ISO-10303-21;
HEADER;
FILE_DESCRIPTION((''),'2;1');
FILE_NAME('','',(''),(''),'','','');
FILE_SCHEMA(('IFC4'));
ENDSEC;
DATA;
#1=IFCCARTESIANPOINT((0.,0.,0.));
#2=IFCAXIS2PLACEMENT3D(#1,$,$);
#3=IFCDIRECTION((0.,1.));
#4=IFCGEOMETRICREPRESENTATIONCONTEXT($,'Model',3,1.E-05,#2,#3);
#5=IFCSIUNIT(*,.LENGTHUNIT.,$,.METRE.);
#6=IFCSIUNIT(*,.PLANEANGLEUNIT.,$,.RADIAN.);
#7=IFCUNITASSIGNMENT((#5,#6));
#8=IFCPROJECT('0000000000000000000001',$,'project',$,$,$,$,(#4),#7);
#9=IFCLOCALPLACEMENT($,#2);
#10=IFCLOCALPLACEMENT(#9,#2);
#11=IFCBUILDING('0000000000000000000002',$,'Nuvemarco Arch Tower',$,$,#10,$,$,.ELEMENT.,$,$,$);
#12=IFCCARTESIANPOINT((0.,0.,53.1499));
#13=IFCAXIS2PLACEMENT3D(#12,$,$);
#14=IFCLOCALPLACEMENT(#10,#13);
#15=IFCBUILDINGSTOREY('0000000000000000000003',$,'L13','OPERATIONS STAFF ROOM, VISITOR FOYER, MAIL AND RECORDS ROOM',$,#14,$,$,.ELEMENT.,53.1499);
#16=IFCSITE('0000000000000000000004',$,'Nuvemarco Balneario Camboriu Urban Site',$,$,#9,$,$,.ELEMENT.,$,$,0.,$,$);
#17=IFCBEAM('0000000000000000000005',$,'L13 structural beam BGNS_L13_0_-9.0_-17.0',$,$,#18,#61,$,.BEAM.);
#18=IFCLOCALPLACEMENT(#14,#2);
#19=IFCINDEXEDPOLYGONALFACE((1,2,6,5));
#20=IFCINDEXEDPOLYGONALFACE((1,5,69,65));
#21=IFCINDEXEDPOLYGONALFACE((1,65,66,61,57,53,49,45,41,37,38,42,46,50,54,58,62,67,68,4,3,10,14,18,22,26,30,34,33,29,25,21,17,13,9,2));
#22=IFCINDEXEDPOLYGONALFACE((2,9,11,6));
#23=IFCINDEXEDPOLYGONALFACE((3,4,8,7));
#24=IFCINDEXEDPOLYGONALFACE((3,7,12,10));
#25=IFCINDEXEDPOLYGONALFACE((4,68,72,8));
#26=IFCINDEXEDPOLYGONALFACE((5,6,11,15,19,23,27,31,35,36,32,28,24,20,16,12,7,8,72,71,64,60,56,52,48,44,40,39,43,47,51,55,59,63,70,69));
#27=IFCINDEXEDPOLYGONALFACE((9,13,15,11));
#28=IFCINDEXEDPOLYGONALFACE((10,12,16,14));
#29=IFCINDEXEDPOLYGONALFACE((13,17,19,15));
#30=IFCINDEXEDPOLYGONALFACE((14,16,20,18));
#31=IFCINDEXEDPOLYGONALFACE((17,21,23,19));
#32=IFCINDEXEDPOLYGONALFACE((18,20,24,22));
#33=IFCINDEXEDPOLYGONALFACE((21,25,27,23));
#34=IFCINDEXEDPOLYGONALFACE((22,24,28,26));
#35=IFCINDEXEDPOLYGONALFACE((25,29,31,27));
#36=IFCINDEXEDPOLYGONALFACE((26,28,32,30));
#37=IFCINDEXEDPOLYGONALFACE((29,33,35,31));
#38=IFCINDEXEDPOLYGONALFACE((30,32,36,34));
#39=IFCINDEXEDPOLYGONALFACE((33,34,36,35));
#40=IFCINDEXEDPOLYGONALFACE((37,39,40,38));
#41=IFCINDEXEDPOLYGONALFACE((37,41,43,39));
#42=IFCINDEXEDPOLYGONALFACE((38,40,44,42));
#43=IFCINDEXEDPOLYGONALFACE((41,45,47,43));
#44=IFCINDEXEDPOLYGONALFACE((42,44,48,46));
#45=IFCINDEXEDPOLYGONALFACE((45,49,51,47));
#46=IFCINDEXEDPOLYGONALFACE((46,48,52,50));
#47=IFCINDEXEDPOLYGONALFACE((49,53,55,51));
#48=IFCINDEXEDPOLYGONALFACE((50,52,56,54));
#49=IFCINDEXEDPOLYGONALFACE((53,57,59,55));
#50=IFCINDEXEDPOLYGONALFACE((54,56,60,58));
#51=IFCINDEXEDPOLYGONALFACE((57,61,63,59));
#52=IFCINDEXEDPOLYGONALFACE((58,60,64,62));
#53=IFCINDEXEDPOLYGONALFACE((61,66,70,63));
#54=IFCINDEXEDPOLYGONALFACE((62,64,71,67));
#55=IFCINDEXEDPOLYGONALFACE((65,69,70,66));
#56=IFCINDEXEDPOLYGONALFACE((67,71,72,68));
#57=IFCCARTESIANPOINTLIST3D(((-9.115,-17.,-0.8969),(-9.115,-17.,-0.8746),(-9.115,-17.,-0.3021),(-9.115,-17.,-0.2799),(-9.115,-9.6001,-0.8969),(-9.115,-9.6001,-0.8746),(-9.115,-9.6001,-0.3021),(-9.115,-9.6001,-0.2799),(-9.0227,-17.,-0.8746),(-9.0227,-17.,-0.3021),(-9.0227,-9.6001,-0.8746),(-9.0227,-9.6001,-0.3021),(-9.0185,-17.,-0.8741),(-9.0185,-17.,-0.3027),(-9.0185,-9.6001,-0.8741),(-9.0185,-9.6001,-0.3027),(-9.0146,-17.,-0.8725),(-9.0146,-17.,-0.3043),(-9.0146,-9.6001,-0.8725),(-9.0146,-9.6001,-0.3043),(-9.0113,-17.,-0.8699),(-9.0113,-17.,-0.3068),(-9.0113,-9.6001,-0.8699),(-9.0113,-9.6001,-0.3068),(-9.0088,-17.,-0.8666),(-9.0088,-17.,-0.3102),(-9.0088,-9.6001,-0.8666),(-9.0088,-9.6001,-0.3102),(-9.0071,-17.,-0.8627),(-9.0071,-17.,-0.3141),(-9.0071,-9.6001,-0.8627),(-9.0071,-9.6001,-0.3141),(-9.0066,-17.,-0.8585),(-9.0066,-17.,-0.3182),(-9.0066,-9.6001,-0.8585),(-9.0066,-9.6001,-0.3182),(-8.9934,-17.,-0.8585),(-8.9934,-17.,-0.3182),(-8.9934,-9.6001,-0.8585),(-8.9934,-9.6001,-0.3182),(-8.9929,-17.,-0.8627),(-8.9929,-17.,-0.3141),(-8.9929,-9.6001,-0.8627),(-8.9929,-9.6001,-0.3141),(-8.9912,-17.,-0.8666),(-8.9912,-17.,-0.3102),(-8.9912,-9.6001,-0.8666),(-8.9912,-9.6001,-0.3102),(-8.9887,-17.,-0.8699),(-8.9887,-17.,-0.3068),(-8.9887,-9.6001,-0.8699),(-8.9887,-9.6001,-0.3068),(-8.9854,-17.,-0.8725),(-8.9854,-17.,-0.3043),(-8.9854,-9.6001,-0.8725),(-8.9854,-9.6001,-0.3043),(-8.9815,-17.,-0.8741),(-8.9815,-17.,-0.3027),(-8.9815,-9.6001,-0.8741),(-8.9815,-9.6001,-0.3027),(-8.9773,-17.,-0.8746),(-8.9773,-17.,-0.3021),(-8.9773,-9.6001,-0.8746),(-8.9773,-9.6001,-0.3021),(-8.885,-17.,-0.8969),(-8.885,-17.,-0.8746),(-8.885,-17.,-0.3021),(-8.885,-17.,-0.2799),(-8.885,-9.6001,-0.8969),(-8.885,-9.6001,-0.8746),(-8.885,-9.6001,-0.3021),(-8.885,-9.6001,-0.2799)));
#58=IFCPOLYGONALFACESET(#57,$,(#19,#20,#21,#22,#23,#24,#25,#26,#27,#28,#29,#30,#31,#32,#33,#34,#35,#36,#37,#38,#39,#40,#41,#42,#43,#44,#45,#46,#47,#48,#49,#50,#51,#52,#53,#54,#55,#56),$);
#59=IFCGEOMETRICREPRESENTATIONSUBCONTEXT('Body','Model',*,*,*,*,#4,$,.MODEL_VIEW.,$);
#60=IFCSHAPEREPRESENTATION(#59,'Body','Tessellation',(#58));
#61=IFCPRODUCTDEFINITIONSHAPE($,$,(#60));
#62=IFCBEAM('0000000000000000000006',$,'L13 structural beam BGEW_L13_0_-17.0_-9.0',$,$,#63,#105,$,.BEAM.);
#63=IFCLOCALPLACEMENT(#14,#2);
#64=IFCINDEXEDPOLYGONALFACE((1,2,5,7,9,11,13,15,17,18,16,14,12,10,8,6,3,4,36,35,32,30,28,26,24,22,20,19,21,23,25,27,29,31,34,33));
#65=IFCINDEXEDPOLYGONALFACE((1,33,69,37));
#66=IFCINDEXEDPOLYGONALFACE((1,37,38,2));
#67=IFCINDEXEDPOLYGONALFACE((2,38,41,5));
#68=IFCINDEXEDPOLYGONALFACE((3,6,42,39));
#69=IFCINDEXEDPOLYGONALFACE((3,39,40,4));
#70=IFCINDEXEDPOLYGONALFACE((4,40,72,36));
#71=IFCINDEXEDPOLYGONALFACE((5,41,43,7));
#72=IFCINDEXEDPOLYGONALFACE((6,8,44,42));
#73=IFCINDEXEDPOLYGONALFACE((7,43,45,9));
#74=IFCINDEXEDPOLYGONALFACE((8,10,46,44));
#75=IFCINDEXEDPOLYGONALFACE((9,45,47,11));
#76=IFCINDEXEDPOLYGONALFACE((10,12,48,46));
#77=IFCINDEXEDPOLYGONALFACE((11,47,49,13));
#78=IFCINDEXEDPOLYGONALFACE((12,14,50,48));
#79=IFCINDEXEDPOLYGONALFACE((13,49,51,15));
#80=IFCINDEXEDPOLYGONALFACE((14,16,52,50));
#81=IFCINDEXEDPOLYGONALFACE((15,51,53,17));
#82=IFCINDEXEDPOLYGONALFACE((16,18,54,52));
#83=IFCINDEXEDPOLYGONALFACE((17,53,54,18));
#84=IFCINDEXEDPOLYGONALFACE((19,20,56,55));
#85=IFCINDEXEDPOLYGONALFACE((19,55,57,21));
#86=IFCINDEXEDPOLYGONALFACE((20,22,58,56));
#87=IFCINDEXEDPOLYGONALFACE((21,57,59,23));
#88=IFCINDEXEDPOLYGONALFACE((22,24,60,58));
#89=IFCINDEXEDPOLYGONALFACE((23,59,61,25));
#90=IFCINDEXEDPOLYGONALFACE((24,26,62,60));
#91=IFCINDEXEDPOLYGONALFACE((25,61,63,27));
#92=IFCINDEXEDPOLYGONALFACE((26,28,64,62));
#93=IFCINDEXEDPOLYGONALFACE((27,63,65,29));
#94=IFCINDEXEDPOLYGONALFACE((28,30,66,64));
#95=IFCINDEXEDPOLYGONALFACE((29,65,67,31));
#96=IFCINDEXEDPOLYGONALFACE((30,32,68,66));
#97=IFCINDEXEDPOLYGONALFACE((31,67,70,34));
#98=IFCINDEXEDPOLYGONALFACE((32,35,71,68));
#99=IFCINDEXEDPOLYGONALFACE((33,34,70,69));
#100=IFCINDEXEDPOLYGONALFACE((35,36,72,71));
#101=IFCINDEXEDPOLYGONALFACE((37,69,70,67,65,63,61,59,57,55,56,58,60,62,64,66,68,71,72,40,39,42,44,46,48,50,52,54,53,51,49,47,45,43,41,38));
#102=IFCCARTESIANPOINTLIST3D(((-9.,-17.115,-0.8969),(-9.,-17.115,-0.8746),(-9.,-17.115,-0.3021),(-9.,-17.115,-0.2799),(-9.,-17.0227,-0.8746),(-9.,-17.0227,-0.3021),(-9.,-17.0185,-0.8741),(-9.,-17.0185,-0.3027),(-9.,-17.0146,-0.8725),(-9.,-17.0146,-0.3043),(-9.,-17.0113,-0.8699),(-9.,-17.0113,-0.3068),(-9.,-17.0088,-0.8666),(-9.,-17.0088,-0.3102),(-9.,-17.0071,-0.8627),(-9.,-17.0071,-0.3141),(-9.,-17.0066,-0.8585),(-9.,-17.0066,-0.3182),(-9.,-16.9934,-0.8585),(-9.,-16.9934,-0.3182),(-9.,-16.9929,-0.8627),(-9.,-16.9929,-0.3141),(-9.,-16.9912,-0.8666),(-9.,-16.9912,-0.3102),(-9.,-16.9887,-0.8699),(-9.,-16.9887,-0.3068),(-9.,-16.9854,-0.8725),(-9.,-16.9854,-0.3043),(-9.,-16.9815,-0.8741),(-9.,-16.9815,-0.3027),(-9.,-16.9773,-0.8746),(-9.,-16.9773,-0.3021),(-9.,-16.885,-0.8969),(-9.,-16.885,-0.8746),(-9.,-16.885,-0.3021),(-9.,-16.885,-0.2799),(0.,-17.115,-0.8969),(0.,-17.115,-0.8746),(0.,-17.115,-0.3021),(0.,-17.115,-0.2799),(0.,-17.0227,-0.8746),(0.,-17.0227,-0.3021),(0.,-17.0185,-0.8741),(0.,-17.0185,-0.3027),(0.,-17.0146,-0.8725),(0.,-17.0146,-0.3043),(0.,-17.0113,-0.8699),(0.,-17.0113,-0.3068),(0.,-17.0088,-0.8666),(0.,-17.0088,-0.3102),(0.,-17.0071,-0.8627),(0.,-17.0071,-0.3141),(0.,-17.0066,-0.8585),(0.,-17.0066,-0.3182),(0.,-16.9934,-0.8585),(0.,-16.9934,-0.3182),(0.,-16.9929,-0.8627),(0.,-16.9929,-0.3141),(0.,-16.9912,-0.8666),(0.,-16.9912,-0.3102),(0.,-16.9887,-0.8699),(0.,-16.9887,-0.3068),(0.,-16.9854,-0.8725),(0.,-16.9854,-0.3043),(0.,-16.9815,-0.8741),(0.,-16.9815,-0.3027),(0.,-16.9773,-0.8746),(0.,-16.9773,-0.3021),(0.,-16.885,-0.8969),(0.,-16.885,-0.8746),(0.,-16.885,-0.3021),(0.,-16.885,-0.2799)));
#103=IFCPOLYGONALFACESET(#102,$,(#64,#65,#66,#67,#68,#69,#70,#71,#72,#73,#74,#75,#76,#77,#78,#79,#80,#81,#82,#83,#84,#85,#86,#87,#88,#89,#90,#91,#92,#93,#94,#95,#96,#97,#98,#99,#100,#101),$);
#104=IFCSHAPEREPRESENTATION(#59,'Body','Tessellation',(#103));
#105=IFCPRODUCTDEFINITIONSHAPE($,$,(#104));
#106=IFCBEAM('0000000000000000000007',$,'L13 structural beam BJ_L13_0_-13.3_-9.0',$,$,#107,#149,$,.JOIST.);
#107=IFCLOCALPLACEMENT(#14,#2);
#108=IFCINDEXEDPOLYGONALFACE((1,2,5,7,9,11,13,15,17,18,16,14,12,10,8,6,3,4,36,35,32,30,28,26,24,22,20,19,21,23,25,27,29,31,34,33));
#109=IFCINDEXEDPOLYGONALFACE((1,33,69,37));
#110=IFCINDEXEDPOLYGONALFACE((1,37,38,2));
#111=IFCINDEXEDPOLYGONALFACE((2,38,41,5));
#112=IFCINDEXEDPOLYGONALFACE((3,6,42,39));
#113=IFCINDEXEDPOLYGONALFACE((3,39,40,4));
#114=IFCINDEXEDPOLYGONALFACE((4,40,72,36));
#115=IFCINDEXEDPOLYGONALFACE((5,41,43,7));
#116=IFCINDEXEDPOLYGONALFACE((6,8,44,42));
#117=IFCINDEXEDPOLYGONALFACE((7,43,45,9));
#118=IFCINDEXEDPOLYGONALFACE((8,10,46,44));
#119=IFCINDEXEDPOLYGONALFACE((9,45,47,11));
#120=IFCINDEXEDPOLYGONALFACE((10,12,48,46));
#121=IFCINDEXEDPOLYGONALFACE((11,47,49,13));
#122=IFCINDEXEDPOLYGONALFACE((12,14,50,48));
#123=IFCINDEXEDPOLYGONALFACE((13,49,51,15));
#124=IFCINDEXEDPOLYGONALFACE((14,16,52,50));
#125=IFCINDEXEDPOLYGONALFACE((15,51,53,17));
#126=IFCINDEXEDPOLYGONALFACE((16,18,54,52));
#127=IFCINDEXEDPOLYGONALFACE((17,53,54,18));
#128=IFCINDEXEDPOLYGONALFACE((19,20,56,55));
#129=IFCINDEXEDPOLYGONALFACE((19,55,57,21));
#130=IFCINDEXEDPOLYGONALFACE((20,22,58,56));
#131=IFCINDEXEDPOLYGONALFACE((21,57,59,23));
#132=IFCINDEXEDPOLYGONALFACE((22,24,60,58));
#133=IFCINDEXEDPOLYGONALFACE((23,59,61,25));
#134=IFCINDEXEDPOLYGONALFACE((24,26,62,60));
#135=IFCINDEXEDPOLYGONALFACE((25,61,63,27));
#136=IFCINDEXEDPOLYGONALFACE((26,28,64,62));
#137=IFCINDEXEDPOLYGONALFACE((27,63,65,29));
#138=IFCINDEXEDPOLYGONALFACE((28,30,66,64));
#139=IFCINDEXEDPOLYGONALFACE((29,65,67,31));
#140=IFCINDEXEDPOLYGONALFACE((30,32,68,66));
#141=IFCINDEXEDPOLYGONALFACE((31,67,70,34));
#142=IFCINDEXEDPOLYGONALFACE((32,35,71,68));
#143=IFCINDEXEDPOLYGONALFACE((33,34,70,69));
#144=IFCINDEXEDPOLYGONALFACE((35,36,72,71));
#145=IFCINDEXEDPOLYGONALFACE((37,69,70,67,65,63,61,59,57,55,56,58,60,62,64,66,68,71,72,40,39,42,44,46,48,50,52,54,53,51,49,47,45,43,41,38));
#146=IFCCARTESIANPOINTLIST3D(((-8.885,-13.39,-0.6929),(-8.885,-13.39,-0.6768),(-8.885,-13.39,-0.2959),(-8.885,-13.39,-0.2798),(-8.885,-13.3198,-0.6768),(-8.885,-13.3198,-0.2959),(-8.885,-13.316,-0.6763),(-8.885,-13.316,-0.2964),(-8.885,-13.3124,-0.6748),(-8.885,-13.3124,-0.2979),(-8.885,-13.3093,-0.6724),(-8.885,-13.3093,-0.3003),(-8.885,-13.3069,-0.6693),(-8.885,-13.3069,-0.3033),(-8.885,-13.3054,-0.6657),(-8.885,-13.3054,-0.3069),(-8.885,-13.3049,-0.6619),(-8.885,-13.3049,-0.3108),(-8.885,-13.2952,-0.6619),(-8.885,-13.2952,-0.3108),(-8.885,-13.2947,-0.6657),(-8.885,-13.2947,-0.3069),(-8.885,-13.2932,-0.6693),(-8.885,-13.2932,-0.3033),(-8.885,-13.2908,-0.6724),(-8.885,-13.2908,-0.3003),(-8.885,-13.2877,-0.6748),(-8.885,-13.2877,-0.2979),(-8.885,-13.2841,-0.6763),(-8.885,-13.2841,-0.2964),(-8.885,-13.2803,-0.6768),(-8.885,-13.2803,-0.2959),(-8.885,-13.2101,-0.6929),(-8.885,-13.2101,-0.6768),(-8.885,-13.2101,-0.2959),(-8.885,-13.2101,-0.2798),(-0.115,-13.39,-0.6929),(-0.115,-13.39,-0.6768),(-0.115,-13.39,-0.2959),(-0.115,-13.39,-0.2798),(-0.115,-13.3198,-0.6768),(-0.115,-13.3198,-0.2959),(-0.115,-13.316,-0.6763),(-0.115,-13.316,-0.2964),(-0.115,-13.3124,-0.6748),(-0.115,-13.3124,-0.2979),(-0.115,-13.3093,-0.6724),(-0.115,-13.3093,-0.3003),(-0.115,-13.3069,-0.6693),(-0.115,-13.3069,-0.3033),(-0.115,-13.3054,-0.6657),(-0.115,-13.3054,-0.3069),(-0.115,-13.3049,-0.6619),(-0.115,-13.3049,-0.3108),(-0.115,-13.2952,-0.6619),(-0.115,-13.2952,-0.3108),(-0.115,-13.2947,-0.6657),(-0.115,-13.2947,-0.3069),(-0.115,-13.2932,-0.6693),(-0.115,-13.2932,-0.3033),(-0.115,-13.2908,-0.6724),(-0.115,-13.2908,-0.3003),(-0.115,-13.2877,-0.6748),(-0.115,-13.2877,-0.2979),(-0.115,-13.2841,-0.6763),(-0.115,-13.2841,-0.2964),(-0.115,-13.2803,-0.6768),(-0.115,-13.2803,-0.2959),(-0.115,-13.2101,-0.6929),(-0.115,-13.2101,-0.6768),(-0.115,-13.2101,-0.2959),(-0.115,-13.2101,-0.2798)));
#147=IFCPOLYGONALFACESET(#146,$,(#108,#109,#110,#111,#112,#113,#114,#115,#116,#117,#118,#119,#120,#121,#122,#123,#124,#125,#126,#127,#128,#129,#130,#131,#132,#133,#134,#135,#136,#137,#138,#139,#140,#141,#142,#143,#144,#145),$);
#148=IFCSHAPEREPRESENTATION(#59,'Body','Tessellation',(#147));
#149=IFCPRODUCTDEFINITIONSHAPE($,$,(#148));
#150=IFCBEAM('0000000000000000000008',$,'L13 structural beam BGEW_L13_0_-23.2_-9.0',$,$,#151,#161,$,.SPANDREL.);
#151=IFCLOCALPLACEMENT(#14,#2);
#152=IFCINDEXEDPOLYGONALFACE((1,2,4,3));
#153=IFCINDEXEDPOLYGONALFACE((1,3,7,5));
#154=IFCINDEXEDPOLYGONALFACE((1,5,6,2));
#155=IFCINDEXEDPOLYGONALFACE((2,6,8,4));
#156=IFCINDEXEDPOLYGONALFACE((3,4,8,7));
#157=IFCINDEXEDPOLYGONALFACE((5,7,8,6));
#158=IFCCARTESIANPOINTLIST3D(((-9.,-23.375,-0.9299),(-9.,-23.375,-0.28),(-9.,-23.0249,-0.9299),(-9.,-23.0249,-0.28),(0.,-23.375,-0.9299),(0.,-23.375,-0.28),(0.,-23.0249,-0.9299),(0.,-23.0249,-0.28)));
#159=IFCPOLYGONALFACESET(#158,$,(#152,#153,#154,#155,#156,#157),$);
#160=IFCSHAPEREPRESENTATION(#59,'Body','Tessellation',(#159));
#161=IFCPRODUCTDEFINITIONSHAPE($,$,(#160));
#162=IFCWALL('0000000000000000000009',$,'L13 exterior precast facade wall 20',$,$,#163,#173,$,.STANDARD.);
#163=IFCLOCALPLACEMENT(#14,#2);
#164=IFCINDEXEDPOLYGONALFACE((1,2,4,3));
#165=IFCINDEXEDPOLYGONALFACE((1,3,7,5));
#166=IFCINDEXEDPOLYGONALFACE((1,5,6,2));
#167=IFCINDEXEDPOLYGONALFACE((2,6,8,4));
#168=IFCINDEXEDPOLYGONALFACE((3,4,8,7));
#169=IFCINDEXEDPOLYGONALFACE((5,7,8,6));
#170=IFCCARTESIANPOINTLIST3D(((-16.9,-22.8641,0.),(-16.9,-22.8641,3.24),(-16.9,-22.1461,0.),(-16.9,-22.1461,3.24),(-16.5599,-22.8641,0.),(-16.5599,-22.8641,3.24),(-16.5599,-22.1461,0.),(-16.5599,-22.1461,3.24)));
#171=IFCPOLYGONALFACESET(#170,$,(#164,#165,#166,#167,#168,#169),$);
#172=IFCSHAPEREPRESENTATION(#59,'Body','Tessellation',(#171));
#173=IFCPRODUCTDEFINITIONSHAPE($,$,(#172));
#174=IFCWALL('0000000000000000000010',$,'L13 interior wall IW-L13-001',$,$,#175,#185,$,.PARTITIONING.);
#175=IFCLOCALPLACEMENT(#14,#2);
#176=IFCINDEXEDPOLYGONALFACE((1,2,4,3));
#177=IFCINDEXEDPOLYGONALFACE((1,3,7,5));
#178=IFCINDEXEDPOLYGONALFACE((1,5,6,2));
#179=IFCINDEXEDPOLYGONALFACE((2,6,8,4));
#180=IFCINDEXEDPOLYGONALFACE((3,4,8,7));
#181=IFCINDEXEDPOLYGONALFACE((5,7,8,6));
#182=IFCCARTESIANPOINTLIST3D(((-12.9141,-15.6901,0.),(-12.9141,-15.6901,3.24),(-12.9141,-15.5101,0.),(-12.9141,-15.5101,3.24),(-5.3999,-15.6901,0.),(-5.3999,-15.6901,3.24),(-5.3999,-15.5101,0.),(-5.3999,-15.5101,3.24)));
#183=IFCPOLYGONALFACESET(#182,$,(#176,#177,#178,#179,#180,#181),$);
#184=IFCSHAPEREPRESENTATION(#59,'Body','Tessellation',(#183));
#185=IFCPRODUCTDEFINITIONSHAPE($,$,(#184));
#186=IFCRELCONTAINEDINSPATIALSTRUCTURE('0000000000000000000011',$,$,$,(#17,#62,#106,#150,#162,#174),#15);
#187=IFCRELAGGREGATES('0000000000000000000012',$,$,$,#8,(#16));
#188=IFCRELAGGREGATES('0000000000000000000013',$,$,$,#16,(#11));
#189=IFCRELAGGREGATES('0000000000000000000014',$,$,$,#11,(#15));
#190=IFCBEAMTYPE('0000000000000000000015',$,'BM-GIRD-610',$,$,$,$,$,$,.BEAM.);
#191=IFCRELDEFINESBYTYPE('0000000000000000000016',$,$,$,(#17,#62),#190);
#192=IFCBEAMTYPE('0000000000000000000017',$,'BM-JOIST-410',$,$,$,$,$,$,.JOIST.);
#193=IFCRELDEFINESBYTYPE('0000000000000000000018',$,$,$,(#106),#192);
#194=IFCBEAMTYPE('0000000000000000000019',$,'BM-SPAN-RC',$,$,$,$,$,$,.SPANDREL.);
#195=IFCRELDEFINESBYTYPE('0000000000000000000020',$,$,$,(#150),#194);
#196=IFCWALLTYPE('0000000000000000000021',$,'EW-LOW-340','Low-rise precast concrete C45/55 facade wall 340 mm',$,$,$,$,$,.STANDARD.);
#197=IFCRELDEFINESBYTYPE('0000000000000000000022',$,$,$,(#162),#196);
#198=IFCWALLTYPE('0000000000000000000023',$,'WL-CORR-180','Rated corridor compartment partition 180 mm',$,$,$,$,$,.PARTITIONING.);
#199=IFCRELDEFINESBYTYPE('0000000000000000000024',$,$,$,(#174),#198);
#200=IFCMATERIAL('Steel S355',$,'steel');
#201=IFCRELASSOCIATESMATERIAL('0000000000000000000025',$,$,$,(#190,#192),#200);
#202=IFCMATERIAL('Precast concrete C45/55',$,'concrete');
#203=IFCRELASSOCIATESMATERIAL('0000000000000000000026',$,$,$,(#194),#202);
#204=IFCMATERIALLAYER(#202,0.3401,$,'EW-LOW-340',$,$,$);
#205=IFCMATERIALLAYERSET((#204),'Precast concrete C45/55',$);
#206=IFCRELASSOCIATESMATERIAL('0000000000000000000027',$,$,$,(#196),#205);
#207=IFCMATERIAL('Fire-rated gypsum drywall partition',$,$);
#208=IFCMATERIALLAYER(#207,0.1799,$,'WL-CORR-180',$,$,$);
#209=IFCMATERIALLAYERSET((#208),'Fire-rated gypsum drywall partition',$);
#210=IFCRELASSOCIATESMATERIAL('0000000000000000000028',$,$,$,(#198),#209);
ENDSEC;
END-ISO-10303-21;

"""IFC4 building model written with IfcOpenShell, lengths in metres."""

from ifc_helpers import new_model, si_unit, direction, frame, frame_2d, origin, origin_2d, place, context, subcontext, project, spatial, rectangle, i_section, extrude, material, layer, layer_set, material_profile, profile_set, type_object, element, save


model = new_model("IFC4")

# Units and contexts
model_context = context("Model", 3, precision=1e-05, world=origin(), true_north=direction((0.0, 1.0)))
body_context = subcontext(model_context, "Body", "Model", "MODEL_VIEW")
ifc_project = project(units=[si_unit("LENGTHUNIT", "METRE"), si_unit("PLANEANGLEUNIT", "RADIAN")], contexts=[model_context])

# Site, building, storey
site_placement = place(None, origin())
site = spatial("IfcSite", under=ifc_project, at=site_placement, Name="Nuvemarco Balneario Camboriu Urban Site", CompositionType="ELEMENT", RefElevation=0.0)
building_placement = place(site_placement, origin())
building = spatial("IfcBuilding", under=site, at=building_placement, Name="Nuvemarco Arch Tower", CompositionType="ELEMENT")
storey_placement = place(building_placement, frame((0.0, 0.0, 53.1499)))
storey = spatial("IfcBuildingStorey", under=building, at=storey_placement, Name="L13", Description="OPERATIONS STAFF ROOM, VISITOR FOYER, MAIL AND RECORDS ROOM", CompositionType="ELEMENT", Elevation=53.1499)

# Shared definitions
ifc_material_1 = material(Name="Steel S355", Category="steel")

# Beams
ifc_material_profile_1 = material_profile(ifc_material_1, i_section(OverallWidth=0.23, OverallDepth=0.6169, WebThickness=0.0132, FlangeThickness=0.0222, FilletRadius=0.0161, at=origin_2d()), Name="W610x140")
ifc_profile_set_1 = profile_set([ifc_material_profile_1], Name="Steel S355")
beam_type_1 = type_object("IfcBeamType", Name="BM-GIRD-610", PredefinedType="BEAM", material=ifc_profile_set_1)
beam_1_placement = place(storey_placement, frame((-9.0, -17.0, -0.5884), z_axis=(0.0, 1.0, 0.0), x_axis=(-1.0, 0.0, 0.0)))
element("IfcBeam", 1, at=beam_1_placement, inside=storey, type_object=beam_type_1, Name="L13 structural beam BGNS_L13_0_-9.0_-17.0", PredefinedType="BEAM", context=body_context, shape_type="SweptSolid", body=[
    extrude(i_section(OverallWidth=0.23, OverallDepth=0.6169, WebThickness=0.0132, FlangeThickness=0.0222, FilletRadius=0.0161, at=origin_2d()), origin(), (0.0, 0.0, 1.0), 7.3999),
])
beam_2_placement = place(storey_placement, frame((-9.0, -17.0, -0.5884), z_axis=(1.0, 0.0, 0.0), x_axis=(0.0, 1.0, 0.0)))
element("IfcBeam", 2, at=beam_2_placement, inside=storey, type_object=beam_type_1, Name="L13 structural beam BGEW_L13_0_-17.0_-9.0", PredefinedType="BEAM", context=body_context, shape_type="SweptSolid", body=[
    extrude(i_section(OverallWidth=0.23, OverallDepth=0.6169, WebThickness=0.0132, FlangeThickness=0.0222, FilletRadius=0.0161, at=origin_2d()), origin(), (0.0, 0.0, 1.0), 9.0),
])
ifc_material_profile_2 = material_profile(ifc_material_1, i_section(OverallWidth=0.1799, OverallDepth=0.4131, WebThickness=0.0098, FlangeThickness=0.0161, FilletRadius=0.0149, at=origin_2d()), Name="W410x75")
ifc_profile_set_2 = profile_set([ifc_material_profile_2], Name="Steel S355")
beam_type_2 = type_object("IfcBeamType", Name="BM-JOIST-410", PredefinedType="JOIST", material=ifc_profile_set_2)
beam_3_placement = place(storey_placement, frame((-8.885, -13.3, -0.4863), z_axis=(1.0, 0.0, 0.0), x_axis=(0.0, 1.0, 0.0)))
element("IfcBeam", 3, at=beam_3_placement, inside=storey, type_object=beam_type_2, Name="L13 structural beam BJ_L13_0_-13.3_-9.0", PredefinedType="JOIST", context=body_context, shape_type="SweptSolid", body=[
    extrude(i_section(OverallWidth=0.1799, OverallDepth=0.4131, WebThickness=0.0098, FlangeThickness=0.0161, FilletRadius=0.0149, at=origin_2d()), origin(), (0.0, 0.0, 1.0), 8.77),
])
ifc_material_2 = material(Name="Precast concrete C45/55", Category="concrete")
ifc_material_profile_3 = material_profile(ifc_material_2, rectangle(XDim=0.3501, YDim=0.6499, at=origin_2d()), Name="PC-SP-350x650")
ifc_profile_set_3 = profile_set([ifc_material_profile_3], Name="Precast concrete C45/55")
beam_type_3 = type_object("IfcBeamType", Name="BM-SPAN-RC", PredefinedType="SPANDREL", material=ifc_profile_set_3)
beam_4_placement = place(storey_placement, frame((-9.0, -23.2, -0.605), z_axis=(1.0, 0.0, 0.0), x_axis=(0.0, 1.0, 0.0)))
element("IfcBeam", 4, at=beam_4_placement, inside=storey, type_object=beam_type_3, Name="L13 structural beam BGEW_L13_0_-23.2_-9.0", PredefinedType="SPANDREL", context=body_context, shape_type="SweptSolid", body=[
    extrude(rectangle(XDim=0.3501, YDim=0.6499, at=origin_2d()), origin(), (0.0, 0.0, 1.0), 9.0),
])

# Walls
ifc_layer_1 = layer(ifc_material_2, 0.3401, Name="EW-LOW-340")
ifc_layer_set_1 = layer_set([ifc_layer_1], Name="Precast concrete C45/55")
wall_type_1 = type_object("IfcWallType", Name="EW-LOW-340", Description="Low-rise precast concrete C45/55 facade wall 340 mm", PredefinedType="STANDARD", material=ifc_layer_set_1)
wall_1_placement = place(storey_placement, frame((-16.73, -22.864, 0.0), z_axis=(0.0, 0.0, 1.0), x_axis=(0.0, 1.0, 0.0)))
element("IfcWall", 5, at=wall_1_placement, inside=storey, type_object=wall_type_1, Name="L13 exterior precast facade wall 20", PredefinedType="STANDARD", context=body_context, shape_type="SweptSolid", body=[
    extrude(rectangle(XDim=0.718, YDim=0.3401, at=frame_2d((0.3589, 0.0))), origin(), (0.0, 0.0, 1.0), 3.24),
])
ifc_material_3 = material(Name="Fire-rated gypsum drywall partition")
ifc_layer_2 = layer(ifc_material_3, 0.1799, Name="WL-CORR-180")
ifc_layer_set_2 = layer_set([ifc_layer_2], Name="Fire-rated gypsum drywall partition")
wall_type_2 = type_object("IfcWallType", Name="WL-CORR-180", Description="Rated corridor compartment partition 180 mm", PredefinedType="PARTITIONING", material=ifc_layer_set_2)
wall_2_placement = place(storey_placement, frame((-12.9141, -15.6001, 0.0), z_axis=(0.0, 0.0, 1.0), x_axis=(1.0, 0.0, 0.0)))
element("IfcWall", 6, at=wall_2_placement, inside=storey, type_object=wall_type_2, Name="L13 interior wall IW-L13-001", PredefinedType="PARTITIONING", context=body_context, shape_type="SweptSolid", body=[
    extrude(rectangle(XDim=7.5142, YDim=0.1799, at=frame_2d((3.7571, 0.0))), origin(), (0.0, 0.0, 1.0), 3.24),
])

save(model, "model.ifc")
